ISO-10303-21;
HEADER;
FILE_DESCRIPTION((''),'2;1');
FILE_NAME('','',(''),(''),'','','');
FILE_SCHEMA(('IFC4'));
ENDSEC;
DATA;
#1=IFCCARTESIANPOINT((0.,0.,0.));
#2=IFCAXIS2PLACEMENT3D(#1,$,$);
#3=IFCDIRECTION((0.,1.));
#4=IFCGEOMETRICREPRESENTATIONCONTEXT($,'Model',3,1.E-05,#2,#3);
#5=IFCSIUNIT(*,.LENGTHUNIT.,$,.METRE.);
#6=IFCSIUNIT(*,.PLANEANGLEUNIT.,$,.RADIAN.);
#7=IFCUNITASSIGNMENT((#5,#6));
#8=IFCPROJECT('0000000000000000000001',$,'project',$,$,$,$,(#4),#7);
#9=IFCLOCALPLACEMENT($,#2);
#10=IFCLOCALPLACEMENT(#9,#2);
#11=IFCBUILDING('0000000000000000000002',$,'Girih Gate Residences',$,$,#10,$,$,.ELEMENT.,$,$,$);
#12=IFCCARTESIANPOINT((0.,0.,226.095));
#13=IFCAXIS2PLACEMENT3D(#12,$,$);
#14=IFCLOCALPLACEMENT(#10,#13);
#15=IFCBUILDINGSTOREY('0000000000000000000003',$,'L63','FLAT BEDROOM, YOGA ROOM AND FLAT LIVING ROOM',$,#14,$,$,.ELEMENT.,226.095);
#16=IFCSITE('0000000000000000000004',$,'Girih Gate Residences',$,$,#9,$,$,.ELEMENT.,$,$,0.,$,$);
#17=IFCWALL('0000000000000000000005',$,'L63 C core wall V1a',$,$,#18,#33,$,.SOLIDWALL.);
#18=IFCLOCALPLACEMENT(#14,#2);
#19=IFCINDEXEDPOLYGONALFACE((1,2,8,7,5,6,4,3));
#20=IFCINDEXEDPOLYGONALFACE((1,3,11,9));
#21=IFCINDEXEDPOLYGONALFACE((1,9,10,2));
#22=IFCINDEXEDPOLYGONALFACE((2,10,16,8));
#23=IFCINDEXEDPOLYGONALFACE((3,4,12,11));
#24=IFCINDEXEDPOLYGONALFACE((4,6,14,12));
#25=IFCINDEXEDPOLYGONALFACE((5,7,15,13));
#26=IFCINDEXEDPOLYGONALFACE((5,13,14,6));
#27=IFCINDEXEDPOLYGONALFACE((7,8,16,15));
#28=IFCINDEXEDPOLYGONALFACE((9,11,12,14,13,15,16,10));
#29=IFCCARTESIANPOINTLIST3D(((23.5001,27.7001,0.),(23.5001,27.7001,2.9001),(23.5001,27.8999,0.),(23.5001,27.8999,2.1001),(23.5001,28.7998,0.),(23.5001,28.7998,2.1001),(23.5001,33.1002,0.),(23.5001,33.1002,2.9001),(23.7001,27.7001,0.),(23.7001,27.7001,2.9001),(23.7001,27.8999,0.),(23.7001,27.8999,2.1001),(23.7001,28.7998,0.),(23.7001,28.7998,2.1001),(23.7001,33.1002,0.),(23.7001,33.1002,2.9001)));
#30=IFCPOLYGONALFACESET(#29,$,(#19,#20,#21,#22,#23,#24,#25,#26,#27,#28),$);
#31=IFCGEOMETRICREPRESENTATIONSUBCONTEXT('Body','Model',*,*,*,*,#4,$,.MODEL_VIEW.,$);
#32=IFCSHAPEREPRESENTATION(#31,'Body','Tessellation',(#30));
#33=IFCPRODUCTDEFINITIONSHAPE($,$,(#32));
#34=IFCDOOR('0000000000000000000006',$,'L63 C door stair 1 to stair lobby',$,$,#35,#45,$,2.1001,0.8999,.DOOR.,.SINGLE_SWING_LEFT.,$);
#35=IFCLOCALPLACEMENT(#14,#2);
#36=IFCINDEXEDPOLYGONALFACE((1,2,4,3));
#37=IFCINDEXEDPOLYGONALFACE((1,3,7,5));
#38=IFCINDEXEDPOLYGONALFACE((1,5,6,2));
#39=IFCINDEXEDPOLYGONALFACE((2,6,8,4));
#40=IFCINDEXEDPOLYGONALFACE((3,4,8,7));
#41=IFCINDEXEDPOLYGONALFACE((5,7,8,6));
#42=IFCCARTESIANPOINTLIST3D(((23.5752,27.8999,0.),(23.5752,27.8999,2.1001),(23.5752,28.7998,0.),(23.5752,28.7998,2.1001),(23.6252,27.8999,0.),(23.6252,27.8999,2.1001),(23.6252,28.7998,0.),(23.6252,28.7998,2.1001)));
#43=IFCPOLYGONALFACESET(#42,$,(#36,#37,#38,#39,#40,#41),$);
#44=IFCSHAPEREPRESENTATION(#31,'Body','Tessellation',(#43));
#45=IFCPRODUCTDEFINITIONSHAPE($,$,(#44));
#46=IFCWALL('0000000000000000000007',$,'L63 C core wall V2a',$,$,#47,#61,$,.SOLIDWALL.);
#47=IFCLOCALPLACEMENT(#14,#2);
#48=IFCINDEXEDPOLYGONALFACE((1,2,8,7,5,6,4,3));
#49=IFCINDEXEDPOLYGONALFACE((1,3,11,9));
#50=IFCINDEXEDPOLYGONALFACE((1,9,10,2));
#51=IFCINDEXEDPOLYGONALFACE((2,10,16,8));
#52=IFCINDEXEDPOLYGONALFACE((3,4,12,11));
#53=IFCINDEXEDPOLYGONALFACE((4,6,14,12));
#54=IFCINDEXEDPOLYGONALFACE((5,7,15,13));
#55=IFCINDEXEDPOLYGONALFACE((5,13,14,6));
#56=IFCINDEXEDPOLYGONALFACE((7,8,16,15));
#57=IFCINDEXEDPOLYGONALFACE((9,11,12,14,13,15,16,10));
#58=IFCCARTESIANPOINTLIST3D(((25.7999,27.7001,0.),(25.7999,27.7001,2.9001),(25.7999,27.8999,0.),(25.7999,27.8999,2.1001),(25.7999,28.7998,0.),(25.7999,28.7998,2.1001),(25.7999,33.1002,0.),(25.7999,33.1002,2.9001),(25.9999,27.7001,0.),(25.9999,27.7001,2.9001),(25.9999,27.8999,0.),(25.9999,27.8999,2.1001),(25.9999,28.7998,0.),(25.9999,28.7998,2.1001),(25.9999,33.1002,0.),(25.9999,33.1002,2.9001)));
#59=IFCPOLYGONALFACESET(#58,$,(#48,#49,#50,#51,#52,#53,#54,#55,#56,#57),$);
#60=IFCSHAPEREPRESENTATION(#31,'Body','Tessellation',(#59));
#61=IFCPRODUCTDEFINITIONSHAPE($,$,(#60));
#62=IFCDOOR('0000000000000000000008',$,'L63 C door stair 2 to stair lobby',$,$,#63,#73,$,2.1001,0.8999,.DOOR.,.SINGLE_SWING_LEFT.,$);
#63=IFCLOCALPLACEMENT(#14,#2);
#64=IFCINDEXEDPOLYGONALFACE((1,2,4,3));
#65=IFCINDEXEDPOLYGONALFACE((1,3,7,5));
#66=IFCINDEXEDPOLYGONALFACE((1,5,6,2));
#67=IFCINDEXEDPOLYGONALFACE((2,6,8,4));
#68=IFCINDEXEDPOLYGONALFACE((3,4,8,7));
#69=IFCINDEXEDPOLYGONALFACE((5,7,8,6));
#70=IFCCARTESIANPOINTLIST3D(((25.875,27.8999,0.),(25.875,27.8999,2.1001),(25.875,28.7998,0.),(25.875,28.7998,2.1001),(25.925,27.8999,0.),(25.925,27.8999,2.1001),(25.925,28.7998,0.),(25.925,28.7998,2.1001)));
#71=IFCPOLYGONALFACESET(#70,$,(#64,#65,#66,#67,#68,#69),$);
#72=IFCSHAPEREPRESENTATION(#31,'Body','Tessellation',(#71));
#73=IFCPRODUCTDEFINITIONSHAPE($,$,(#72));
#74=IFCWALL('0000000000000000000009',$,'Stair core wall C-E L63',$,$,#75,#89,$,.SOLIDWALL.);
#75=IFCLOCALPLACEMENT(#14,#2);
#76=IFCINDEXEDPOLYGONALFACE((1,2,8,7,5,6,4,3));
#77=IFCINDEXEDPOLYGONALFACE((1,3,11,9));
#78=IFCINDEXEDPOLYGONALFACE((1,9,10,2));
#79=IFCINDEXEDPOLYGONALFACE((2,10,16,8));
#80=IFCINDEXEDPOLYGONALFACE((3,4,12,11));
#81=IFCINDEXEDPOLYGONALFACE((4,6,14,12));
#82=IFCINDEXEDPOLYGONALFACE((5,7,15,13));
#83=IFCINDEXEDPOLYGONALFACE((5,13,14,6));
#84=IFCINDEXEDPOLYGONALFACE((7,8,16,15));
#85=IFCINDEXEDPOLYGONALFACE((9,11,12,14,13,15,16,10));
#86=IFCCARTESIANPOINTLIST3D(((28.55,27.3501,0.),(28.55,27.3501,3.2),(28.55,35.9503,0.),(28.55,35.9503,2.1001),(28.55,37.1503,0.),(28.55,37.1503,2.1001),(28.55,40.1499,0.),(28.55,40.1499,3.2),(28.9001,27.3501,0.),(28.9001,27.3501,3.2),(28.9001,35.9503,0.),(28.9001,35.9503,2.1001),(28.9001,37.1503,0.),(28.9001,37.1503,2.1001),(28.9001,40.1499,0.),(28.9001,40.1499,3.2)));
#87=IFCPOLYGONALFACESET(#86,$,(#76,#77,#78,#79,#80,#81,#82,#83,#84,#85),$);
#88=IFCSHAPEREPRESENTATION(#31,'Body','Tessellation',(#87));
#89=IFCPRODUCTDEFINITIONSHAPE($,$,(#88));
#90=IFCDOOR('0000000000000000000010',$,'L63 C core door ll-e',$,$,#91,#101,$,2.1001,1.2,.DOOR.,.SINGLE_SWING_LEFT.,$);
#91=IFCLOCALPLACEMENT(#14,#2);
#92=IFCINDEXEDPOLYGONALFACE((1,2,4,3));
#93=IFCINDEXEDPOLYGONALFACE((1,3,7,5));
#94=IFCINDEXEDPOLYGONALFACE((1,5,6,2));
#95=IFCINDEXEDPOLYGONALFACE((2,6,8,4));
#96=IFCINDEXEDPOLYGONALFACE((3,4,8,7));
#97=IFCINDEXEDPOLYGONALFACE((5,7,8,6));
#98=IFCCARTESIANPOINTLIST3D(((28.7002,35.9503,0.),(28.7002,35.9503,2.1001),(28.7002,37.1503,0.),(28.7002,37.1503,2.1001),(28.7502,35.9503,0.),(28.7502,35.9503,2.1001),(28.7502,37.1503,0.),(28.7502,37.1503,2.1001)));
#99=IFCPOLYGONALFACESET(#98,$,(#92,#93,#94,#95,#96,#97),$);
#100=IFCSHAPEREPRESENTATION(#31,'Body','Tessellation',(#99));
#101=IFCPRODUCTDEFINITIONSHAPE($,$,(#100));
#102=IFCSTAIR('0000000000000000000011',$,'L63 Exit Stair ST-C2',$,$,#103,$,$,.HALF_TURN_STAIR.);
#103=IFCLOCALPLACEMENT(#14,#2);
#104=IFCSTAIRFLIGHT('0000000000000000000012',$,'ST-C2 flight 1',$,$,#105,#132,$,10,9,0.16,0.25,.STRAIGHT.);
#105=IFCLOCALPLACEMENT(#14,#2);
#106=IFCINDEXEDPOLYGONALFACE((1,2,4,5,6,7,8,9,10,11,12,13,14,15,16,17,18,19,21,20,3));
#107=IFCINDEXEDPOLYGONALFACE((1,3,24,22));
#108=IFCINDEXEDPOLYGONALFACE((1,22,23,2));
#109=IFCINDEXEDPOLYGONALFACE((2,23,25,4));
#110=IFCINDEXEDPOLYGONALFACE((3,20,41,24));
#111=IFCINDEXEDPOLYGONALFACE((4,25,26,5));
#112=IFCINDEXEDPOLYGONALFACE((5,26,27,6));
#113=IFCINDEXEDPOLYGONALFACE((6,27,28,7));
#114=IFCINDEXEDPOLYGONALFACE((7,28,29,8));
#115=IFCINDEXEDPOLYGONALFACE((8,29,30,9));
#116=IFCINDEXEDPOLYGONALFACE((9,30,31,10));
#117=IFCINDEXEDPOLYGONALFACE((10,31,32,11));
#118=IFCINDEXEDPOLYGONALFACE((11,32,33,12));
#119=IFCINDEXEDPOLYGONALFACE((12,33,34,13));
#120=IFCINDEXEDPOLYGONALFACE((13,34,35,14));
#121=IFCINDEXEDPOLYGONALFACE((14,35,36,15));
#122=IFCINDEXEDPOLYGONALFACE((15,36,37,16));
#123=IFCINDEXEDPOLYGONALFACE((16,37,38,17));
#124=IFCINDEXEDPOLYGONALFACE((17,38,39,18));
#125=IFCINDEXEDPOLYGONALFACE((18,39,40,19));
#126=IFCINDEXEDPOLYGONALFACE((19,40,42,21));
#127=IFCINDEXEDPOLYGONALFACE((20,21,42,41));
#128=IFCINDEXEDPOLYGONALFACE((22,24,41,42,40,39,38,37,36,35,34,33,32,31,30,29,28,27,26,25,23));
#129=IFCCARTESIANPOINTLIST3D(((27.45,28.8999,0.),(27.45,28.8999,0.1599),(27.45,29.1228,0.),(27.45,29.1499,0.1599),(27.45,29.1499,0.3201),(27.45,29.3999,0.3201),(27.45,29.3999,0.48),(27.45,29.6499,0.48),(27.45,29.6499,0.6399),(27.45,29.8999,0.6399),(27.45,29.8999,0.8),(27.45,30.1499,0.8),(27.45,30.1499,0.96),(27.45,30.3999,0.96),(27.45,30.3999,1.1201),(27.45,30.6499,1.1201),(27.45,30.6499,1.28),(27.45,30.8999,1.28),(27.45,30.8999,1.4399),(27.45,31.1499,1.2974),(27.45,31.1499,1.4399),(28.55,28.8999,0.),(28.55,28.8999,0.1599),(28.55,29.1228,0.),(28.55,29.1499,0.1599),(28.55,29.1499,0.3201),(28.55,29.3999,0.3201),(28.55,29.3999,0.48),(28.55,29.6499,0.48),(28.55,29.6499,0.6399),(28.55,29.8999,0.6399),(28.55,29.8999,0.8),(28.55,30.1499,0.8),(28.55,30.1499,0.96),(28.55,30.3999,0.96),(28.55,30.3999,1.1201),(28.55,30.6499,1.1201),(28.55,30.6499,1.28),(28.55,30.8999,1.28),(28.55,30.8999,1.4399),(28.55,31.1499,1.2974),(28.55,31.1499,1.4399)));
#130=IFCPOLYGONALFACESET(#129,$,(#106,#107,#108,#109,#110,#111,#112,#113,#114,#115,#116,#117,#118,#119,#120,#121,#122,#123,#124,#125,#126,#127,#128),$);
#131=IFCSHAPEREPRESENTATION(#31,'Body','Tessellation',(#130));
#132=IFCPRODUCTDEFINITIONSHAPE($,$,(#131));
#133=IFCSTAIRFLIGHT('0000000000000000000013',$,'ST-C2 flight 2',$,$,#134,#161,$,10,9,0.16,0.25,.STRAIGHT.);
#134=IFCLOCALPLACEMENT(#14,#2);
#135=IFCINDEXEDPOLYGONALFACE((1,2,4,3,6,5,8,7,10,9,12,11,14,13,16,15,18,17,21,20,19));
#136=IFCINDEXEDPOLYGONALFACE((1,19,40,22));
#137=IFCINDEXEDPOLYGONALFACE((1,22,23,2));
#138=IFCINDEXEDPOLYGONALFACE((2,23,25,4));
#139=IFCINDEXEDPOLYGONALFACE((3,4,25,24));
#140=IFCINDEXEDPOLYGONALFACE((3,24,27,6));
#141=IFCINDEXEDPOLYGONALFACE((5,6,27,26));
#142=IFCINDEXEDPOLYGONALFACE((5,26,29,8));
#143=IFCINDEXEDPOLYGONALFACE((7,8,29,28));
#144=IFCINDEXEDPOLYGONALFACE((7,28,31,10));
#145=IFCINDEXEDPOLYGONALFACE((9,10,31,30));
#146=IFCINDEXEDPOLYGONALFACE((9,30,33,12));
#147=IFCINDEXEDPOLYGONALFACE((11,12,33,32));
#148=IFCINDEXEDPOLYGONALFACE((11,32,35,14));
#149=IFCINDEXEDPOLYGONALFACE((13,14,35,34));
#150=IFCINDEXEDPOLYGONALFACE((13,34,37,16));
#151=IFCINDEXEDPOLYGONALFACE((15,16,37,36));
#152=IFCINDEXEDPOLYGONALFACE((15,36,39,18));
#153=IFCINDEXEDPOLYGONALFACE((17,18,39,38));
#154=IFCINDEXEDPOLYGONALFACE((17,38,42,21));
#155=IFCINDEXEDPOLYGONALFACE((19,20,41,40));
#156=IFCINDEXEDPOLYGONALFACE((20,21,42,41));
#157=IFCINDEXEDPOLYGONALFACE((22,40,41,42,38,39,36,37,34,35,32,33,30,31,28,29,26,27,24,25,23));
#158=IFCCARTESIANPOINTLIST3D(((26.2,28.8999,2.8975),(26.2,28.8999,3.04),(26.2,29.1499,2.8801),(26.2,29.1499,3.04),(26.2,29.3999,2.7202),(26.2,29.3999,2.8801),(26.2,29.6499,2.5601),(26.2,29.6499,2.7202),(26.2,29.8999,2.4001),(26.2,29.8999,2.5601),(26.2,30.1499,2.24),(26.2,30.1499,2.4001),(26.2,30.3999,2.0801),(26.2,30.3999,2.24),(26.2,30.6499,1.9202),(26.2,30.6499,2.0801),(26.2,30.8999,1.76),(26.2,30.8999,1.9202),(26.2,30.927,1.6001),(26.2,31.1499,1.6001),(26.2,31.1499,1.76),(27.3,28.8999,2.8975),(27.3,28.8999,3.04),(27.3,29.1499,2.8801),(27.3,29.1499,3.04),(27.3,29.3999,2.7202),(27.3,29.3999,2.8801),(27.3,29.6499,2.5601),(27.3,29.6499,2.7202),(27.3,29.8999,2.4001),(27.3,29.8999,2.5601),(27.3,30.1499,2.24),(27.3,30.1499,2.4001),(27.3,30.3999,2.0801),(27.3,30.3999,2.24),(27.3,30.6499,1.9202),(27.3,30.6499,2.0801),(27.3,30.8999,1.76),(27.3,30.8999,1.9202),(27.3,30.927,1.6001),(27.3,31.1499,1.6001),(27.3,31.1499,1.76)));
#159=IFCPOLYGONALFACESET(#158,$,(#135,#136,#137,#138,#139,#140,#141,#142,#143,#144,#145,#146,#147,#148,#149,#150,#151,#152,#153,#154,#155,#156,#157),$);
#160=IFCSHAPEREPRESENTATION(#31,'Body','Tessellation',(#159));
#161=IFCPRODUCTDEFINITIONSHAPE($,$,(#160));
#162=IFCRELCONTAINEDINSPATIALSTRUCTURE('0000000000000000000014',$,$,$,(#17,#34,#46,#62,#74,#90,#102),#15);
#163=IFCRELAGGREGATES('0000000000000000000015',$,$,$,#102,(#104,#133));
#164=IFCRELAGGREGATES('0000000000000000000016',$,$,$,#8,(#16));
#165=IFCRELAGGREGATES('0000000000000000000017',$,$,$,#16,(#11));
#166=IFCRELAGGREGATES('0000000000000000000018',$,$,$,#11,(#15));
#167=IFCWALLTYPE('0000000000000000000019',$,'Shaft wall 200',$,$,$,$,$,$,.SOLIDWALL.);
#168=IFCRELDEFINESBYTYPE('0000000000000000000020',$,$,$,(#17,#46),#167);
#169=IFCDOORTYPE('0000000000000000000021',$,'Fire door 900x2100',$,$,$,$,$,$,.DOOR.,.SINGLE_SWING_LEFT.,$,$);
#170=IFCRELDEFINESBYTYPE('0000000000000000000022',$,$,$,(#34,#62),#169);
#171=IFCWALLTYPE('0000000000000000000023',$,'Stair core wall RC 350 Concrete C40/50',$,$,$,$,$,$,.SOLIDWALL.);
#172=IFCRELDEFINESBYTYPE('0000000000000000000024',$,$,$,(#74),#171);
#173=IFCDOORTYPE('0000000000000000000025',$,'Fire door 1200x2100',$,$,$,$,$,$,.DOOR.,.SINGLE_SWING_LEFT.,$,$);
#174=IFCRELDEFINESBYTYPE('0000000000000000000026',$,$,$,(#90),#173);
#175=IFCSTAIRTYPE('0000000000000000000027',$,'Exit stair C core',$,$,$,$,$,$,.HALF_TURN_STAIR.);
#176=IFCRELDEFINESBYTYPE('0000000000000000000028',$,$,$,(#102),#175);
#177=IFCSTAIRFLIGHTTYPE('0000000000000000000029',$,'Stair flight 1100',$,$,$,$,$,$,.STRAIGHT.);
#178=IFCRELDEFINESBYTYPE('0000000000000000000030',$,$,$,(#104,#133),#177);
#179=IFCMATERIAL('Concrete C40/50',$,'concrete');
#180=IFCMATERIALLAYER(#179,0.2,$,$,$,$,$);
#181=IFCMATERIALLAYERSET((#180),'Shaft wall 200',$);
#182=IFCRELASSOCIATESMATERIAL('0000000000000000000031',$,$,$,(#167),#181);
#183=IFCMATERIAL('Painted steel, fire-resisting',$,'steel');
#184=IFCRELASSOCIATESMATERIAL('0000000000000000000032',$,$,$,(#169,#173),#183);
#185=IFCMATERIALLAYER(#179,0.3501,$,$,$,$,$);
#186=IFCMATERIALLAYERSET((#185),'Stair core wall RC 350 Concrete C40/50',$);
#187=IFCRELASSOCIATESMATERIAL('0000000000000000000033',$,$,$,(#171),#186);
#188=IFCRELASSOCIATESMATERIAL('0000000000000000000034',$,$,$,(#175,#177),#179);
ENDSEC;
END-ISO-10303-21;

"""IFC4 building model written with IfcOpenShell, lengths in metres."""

from ifc_helpers import new_model, si_unit, direction, frame, frame_2d, origin, place, context, subcontext, project, spatial, polyline, rectangle, outline, extrude, material, layer, layer_set, type_object, element, fill, aggregate, save


model = new_model("IFC4")

# Units and contexts
model_context = context("Model", 3, precision=1e-05, world=origin(), true_north=direction((0.0, 1.0)))
body_context = subcontext(model_context, "Body", "Model", "MODEL_VIEW")
ifc_project = project(units=[si_unit("LENGTHUNIT", "METRE"), si_unit("PLANEANGLEUNIT", "RADIAN")], contexts=[model_context])

# Site, building, storey
site_placement = place(None, origin())
site = spatial("IfcSite", under=ifc_project, at=site_placement, Name="Girih Gate Residences", CompositionType="ELEMENT", RefElevation=0.0)
building_placement = place(site_placement, origin())
building = spatial("IfcBuilding", under=site, at=building_placement, Name="Girih Gate Residences", CompositionType="ELEMENT")
storey_placement = place(building_placement, frame((0.0, 0.0, 226.095)))
storey = spatial("IfcBuildingStorey", under=building, at=storey_placement, Name="L63", Description="FLAT BEDROOM, YOGA ROOM AND FLAT LIVING ROOM", CompositionType="ELEMENT", Elevation=226.095)

# Walls, openings, doors
ifc_material_1 = material(Name="Concrete C40/50", Category="concrete")
ifc_layer_1 = layer(ifc_material_1, 0.2)
ifc_layer_set_1 = layer_set([ifc_layer_1], Name="Shaft wall 200")
wall_type_1 = type_object("IfcWallType", Name="Shaft wall 200", PredefinedType="SOLIDWALL", material=ifc_layer_set_1)
wall_1_placement = place(storey_placement, frame((23.6001, 27.7, 0.0), z_axis=(0.0, 0.0, 1.0), x_axis=(0.0, 1.0, 0.0)))
wall_1 = element("IfcWall", 1, at=wall_1_placement, inside=storey, type_object=wall_type_1, Name="L63 C core wall V1a", PredefinedType="SOLIDWALL", context=body_context, shape_type="SweptSolid", body=[
    extrude(rectangle(XDim=5.4001, YDim=0.2, at=frame_2d((2.7002, 0.0))), origin(), (0.0, 0.0, 1.0), 2.9001),
])
opening_1_placement = place(wall_1_placement, frame((0.2, 0.0, 0.0)))
opening_1 = element("IfcOpeningElement", 2, at=opening_1_placement, cuts=wall_1, PredefinedType="OPENING", context=body_context, shape_type="SweptSolid", body=[
    extrude(rectangle(XDim=0.8999, YDim=2.1001, at=frame_2d((0.45, 1.05))), frame((0.0, 0.1099, 0.0), z_axis=(0.0, -1.0, 0.0), x_axis=(1.0, 0.0, 0.0)), (0.0, 0.0, 1.0), 0.22),
])
ifc_material_2 = material(Name="Painted steel, fire-resisting", Category="steel")
door_type_1 = type_object("IfcDoorType", Name="Fire door 900x2100", OperationType="SINGLE_SWING_LEFT", PredefinedType="DOOR", material=ifc_material_2)
door_1_placement = place(opening_1_placement, origin())
door_1 = element("IfcDoor", 3, at=door_1_placement, inside=storey, type_object=door_type_1, Name="L63 C door stair 1 to stair lobby", OperationType="SINGLE_SWING_LEFT", OverallHeight=2.1001, OverallWidth=0.8999, PredefinedType="DOOR", context=body_context, shape_type="SweptSolid", body=[
    extrude(rectangle(XDim=0.8999, YDim=2.1001, at=frame_2d((0.45, 1.05))), frame((0.0, 0.0249, 0.0), z_axis=(0.0, -1.0, 0.0), x_axis=(1.0, 0.0, 0.0)), (0.0, 0.0, 1.0), 0.05),
])
fill(opening_1, door_1)
wall_2_placement = place(storey_placement, frame((25.8999, 27.7, 0.0), z_axis=(0.0, 0.0, 1.0), x_axis=(0.0, 1.0, 0.0)))
wall_2 = element("IfcWall", 4, at=wall_2_placement, inside=storey, type_object=wall_type_1, Name="L63 C core wall V2a", PredefinedType="SOLIDWALL", context=body_context, shape_type="SweptSolid", body=[
    extrude(rectangle(XDim=5.4001, YDim=0.2, at=frame_2d((2.7002, 0.0))), origin(), (0.0, 0.0, 1.0), 2.9001),
])
opening_2_placement = place(wall_2_placement, frame((0.2, 0.0, 0.0)))
opening_2 = element("IfcOpeningElement", 5, at=opening_2_placement, cuts=wall_2, PredefinedType="OPENING", context=body_context, shape_type="SweptSolid", body=[
    extrude(rectangle(XDim=0.8999, YDim=2.1001, at=frame_2d((0.45, 1.05))), frame((0.0, 0.1099, 0.0), z_axis=(0.0, -1.0, 0.0), x_axis=(1.0, 0.0, 0.0)), (0.0, 0.0, 1.0), 0.22),
])
door_2_placement = place(opening_2_placement, origin())
door_2 = element("IfcDoor", 6, at=door_2_placement, inside=storey, type_object=door_type_1, Name="L63 C door stair 2 to stair lobby", OperationType="SINGLE_SWING_LEFT", OverallHeight=2.1001, OverallWidth=0.8999, PredefinedType="DOOR", context=body_context, shape_type="SweptSolid", body=[
    extrude(rectangle(XDim=0.8999, YDim=2.1001, at=frame_2d((0.45, 1.05))), frame((0.0, 0.0249, 0.0), z_axis=(0.0, -1.0, 0.0), x_axis=(1.0, 0.0, 0.0)), (0.0, 0.0, 1.0), 0.05),
])
fill(opening_2, door_2)
ifc_layer_2 = layer(ifc_material_1, 0.3501)
ifc_layer_set_2 = layer_set([ifc_layer_2], Name="Stair core wall RC 350 Concrete C40/50")
wall_type_2 = type_object("IfcWallType", Name="Stair core wall RC 350 Concrete C40/50", PredefinedType="SOLIDWALL", material=ifc_layer_set_2)
wall_3_placement = place(storey_placement, frame((28.7251, 27.3501, 0.0), z_axis=(0.0, 0.0, 1.0), x_axis=(0.0, 1.0, 0.0)))
wall_3 = element("IfcWall", 7, at=wall_3_placement, inside=storey, type_object=wall_type_2, Name="Stair core wall C-E L63", PredefinedType="SOLIDWALL", context=body_context, shape_type="SweptSolid", body=[
    extrude(rectangle(XDim=12.7998, YDim=0.3501, at=frame_2d((6.3999, 0.0))), origin(), (0.0, 0.0, 1.0), 3.2),
])
opening_3_placement = place(wall_3_placement, frame((8.6001, 0.0, 0.0)))
opening_3 = element("IfcOpeningElement", 8, at=opening_3_placement, cuts=wall_3, PredefinedType="OPENING", context=body_context, shape_type="SweptSolid", body=[
    extrude(rectangle(XDim=1.2, YDim=2.1001, at=frame_2d((0.6001, 1.05))), frame((0.0, 0.1851, 0.0), z_axis=(0.0, -1.0, 0.0), x_axis=(1.0, 0.0, 0.0)), (0.0, 0.0, 1.0), 0.3701),
])
door_type_2 = type_object("IfcDoorType", Name="Fire door 1200x2100", OperationType="SINGLE_SWING_LEFT", PredefinedType="DOOR", material=ifc_material_2)
door_3_placement = place(opening_3_placement, origin())
door_3 = element("IfcDoor", 9, at=door_3_placement, inside=storey, type_object=door_type_2, Name="L63 C core door ll-e", OperationType="SINGLE_SWING_LEFT", OverallHeight=2.1001, OverallWidth=1.2, PredefinedType="DOOR", context=body_context, shape_type="SweptSolid", body=[
    extrude(rectangle(XDim=1.2, YDim=2.1001, at=frame_2d((0.6001, 1.05))), frame((0.0, 0.0249, 0.0), z_axis=(0.0, -1.0, 0.0), x_axis=(1.0, 0.0, 0.0)), (0.0, 0.0, 1.0), 0.05),
])
fill(opening_3, door_3)

# Stair, stair flights
stair_type = type_object("IfcStairType", Name="Exit stair C core", PredefinedType="HALF_TURN_STAIR", material=ifc_material_1)
stair_placement = place(storey_placement, origin())
stair = element("IfcStair", 10, at=stair_placement, inside=storey, type_object=stair_type, Name="L63 Exit Stair ST-C2", PredefinedType="HALF_TURN_STAIR")
stair_flight_type = type_object("IfcStairFlightType", Name="Stair flight 1100", PredefinedType="STRAIGHT", material=ifc_material_1)
stair_flight_1_placement = place(storey_placement, frame((28.0, 28.8999, 0.0), z_axis=(0.0, 0.0, 1.0), x_axis=(0.0, 1.0, 0.0)))
stair_flight_1 = element("IfcStairFlight", 11, at=stair_flight_1_placement, type_object=stair_flight_type, Name="ST-C2 flight 1", NumberOfRisers=10, NumberOfTreads=9, PredefinedType="STRAIGHT", RiserHeight=0.16, TreadLength=0.25, context=body_context, shape_type="SweptSolid", body=[
    extrude(outline(polyline([(0.0, 0.0), (0.0, 0.1599), (0.25, 0.1599), (0.25, 0.3201), (0.5, 0.3201), (0.5, 0.48), (0.75, 0.48), (0.75, 0.6399), (1.0, 0.6399), (1.0, 0.8), (1.25, 0.8), (1.25, 0.96), (1.5, 0.96), (1.5, 1.1201), (1.75, 1.1201), (1.75, 1.28), (2.0, 1.28), (2.0, 1.4399), (2.25, 1.4399), (2.25, 1.6001), (2.25, 1.2974), (0.2229, 0.0), (0.0, 0.0)])), frame((0.0, 0.55, 0.0), z_axis=(0.0, -1.0, 0.0), x_axis=(1.0, 0.0, 0.0)), (0.0, 0.0, 1.0), 1.1001),
])
stair_flight_2_placement = place(storey_placement, frame((26.75, 31.1499, 1.6001), z_axis=(0.0, 0.0, 1.0), x_axis=(0.0, -1.0, 0.0)))
stair_flight_2 = element("IfcStairFlight", 12, at=stair_flight_2_placement, type_object=stair_flight_type, Name="ST-C2 flight 2", NumberOfRisers=10, NumberOfTreads=9, PredefinedType="STRAIGHT", RiserHeight=0.16, TreadLength=0.25, context=body_context, shape_type="SweptSolid", body=[
    extrude(outline(polyline([(0.0, 0.0), (0.0, 0.1599), (0.25, 0.1599), (0.25, 0.3201), (0.5, 0.3201), (0.5, 0.48), (0.75, 0.48), (0.75, 0.6399), (1.0, 0.6399), (1.0, 0.8), (1.25, 0.8), (1.25, 0.96), (1.5, 0.96), (1.5, 1.1201), (1.75, 1.1201), (1.75, 1.28), (2.0, 1.28), (2.0, 1.4399), (2.25, 1.4399), (2.25, 1.6001), (2.25, 1.2974), (0.2229, 0.0), (0.0, 0.0)])), frame((0.0, 0.55, 0.0), z_axis=(0.0, -1.0, 0.0), x_axis=(1.0, 0.0, 0.0)), (0.0, 0.0, 1.0), 1.1001),
])
aggregate(stair, [stair_flight_1, stair_flight_2])

save(model, "model.ifc")
